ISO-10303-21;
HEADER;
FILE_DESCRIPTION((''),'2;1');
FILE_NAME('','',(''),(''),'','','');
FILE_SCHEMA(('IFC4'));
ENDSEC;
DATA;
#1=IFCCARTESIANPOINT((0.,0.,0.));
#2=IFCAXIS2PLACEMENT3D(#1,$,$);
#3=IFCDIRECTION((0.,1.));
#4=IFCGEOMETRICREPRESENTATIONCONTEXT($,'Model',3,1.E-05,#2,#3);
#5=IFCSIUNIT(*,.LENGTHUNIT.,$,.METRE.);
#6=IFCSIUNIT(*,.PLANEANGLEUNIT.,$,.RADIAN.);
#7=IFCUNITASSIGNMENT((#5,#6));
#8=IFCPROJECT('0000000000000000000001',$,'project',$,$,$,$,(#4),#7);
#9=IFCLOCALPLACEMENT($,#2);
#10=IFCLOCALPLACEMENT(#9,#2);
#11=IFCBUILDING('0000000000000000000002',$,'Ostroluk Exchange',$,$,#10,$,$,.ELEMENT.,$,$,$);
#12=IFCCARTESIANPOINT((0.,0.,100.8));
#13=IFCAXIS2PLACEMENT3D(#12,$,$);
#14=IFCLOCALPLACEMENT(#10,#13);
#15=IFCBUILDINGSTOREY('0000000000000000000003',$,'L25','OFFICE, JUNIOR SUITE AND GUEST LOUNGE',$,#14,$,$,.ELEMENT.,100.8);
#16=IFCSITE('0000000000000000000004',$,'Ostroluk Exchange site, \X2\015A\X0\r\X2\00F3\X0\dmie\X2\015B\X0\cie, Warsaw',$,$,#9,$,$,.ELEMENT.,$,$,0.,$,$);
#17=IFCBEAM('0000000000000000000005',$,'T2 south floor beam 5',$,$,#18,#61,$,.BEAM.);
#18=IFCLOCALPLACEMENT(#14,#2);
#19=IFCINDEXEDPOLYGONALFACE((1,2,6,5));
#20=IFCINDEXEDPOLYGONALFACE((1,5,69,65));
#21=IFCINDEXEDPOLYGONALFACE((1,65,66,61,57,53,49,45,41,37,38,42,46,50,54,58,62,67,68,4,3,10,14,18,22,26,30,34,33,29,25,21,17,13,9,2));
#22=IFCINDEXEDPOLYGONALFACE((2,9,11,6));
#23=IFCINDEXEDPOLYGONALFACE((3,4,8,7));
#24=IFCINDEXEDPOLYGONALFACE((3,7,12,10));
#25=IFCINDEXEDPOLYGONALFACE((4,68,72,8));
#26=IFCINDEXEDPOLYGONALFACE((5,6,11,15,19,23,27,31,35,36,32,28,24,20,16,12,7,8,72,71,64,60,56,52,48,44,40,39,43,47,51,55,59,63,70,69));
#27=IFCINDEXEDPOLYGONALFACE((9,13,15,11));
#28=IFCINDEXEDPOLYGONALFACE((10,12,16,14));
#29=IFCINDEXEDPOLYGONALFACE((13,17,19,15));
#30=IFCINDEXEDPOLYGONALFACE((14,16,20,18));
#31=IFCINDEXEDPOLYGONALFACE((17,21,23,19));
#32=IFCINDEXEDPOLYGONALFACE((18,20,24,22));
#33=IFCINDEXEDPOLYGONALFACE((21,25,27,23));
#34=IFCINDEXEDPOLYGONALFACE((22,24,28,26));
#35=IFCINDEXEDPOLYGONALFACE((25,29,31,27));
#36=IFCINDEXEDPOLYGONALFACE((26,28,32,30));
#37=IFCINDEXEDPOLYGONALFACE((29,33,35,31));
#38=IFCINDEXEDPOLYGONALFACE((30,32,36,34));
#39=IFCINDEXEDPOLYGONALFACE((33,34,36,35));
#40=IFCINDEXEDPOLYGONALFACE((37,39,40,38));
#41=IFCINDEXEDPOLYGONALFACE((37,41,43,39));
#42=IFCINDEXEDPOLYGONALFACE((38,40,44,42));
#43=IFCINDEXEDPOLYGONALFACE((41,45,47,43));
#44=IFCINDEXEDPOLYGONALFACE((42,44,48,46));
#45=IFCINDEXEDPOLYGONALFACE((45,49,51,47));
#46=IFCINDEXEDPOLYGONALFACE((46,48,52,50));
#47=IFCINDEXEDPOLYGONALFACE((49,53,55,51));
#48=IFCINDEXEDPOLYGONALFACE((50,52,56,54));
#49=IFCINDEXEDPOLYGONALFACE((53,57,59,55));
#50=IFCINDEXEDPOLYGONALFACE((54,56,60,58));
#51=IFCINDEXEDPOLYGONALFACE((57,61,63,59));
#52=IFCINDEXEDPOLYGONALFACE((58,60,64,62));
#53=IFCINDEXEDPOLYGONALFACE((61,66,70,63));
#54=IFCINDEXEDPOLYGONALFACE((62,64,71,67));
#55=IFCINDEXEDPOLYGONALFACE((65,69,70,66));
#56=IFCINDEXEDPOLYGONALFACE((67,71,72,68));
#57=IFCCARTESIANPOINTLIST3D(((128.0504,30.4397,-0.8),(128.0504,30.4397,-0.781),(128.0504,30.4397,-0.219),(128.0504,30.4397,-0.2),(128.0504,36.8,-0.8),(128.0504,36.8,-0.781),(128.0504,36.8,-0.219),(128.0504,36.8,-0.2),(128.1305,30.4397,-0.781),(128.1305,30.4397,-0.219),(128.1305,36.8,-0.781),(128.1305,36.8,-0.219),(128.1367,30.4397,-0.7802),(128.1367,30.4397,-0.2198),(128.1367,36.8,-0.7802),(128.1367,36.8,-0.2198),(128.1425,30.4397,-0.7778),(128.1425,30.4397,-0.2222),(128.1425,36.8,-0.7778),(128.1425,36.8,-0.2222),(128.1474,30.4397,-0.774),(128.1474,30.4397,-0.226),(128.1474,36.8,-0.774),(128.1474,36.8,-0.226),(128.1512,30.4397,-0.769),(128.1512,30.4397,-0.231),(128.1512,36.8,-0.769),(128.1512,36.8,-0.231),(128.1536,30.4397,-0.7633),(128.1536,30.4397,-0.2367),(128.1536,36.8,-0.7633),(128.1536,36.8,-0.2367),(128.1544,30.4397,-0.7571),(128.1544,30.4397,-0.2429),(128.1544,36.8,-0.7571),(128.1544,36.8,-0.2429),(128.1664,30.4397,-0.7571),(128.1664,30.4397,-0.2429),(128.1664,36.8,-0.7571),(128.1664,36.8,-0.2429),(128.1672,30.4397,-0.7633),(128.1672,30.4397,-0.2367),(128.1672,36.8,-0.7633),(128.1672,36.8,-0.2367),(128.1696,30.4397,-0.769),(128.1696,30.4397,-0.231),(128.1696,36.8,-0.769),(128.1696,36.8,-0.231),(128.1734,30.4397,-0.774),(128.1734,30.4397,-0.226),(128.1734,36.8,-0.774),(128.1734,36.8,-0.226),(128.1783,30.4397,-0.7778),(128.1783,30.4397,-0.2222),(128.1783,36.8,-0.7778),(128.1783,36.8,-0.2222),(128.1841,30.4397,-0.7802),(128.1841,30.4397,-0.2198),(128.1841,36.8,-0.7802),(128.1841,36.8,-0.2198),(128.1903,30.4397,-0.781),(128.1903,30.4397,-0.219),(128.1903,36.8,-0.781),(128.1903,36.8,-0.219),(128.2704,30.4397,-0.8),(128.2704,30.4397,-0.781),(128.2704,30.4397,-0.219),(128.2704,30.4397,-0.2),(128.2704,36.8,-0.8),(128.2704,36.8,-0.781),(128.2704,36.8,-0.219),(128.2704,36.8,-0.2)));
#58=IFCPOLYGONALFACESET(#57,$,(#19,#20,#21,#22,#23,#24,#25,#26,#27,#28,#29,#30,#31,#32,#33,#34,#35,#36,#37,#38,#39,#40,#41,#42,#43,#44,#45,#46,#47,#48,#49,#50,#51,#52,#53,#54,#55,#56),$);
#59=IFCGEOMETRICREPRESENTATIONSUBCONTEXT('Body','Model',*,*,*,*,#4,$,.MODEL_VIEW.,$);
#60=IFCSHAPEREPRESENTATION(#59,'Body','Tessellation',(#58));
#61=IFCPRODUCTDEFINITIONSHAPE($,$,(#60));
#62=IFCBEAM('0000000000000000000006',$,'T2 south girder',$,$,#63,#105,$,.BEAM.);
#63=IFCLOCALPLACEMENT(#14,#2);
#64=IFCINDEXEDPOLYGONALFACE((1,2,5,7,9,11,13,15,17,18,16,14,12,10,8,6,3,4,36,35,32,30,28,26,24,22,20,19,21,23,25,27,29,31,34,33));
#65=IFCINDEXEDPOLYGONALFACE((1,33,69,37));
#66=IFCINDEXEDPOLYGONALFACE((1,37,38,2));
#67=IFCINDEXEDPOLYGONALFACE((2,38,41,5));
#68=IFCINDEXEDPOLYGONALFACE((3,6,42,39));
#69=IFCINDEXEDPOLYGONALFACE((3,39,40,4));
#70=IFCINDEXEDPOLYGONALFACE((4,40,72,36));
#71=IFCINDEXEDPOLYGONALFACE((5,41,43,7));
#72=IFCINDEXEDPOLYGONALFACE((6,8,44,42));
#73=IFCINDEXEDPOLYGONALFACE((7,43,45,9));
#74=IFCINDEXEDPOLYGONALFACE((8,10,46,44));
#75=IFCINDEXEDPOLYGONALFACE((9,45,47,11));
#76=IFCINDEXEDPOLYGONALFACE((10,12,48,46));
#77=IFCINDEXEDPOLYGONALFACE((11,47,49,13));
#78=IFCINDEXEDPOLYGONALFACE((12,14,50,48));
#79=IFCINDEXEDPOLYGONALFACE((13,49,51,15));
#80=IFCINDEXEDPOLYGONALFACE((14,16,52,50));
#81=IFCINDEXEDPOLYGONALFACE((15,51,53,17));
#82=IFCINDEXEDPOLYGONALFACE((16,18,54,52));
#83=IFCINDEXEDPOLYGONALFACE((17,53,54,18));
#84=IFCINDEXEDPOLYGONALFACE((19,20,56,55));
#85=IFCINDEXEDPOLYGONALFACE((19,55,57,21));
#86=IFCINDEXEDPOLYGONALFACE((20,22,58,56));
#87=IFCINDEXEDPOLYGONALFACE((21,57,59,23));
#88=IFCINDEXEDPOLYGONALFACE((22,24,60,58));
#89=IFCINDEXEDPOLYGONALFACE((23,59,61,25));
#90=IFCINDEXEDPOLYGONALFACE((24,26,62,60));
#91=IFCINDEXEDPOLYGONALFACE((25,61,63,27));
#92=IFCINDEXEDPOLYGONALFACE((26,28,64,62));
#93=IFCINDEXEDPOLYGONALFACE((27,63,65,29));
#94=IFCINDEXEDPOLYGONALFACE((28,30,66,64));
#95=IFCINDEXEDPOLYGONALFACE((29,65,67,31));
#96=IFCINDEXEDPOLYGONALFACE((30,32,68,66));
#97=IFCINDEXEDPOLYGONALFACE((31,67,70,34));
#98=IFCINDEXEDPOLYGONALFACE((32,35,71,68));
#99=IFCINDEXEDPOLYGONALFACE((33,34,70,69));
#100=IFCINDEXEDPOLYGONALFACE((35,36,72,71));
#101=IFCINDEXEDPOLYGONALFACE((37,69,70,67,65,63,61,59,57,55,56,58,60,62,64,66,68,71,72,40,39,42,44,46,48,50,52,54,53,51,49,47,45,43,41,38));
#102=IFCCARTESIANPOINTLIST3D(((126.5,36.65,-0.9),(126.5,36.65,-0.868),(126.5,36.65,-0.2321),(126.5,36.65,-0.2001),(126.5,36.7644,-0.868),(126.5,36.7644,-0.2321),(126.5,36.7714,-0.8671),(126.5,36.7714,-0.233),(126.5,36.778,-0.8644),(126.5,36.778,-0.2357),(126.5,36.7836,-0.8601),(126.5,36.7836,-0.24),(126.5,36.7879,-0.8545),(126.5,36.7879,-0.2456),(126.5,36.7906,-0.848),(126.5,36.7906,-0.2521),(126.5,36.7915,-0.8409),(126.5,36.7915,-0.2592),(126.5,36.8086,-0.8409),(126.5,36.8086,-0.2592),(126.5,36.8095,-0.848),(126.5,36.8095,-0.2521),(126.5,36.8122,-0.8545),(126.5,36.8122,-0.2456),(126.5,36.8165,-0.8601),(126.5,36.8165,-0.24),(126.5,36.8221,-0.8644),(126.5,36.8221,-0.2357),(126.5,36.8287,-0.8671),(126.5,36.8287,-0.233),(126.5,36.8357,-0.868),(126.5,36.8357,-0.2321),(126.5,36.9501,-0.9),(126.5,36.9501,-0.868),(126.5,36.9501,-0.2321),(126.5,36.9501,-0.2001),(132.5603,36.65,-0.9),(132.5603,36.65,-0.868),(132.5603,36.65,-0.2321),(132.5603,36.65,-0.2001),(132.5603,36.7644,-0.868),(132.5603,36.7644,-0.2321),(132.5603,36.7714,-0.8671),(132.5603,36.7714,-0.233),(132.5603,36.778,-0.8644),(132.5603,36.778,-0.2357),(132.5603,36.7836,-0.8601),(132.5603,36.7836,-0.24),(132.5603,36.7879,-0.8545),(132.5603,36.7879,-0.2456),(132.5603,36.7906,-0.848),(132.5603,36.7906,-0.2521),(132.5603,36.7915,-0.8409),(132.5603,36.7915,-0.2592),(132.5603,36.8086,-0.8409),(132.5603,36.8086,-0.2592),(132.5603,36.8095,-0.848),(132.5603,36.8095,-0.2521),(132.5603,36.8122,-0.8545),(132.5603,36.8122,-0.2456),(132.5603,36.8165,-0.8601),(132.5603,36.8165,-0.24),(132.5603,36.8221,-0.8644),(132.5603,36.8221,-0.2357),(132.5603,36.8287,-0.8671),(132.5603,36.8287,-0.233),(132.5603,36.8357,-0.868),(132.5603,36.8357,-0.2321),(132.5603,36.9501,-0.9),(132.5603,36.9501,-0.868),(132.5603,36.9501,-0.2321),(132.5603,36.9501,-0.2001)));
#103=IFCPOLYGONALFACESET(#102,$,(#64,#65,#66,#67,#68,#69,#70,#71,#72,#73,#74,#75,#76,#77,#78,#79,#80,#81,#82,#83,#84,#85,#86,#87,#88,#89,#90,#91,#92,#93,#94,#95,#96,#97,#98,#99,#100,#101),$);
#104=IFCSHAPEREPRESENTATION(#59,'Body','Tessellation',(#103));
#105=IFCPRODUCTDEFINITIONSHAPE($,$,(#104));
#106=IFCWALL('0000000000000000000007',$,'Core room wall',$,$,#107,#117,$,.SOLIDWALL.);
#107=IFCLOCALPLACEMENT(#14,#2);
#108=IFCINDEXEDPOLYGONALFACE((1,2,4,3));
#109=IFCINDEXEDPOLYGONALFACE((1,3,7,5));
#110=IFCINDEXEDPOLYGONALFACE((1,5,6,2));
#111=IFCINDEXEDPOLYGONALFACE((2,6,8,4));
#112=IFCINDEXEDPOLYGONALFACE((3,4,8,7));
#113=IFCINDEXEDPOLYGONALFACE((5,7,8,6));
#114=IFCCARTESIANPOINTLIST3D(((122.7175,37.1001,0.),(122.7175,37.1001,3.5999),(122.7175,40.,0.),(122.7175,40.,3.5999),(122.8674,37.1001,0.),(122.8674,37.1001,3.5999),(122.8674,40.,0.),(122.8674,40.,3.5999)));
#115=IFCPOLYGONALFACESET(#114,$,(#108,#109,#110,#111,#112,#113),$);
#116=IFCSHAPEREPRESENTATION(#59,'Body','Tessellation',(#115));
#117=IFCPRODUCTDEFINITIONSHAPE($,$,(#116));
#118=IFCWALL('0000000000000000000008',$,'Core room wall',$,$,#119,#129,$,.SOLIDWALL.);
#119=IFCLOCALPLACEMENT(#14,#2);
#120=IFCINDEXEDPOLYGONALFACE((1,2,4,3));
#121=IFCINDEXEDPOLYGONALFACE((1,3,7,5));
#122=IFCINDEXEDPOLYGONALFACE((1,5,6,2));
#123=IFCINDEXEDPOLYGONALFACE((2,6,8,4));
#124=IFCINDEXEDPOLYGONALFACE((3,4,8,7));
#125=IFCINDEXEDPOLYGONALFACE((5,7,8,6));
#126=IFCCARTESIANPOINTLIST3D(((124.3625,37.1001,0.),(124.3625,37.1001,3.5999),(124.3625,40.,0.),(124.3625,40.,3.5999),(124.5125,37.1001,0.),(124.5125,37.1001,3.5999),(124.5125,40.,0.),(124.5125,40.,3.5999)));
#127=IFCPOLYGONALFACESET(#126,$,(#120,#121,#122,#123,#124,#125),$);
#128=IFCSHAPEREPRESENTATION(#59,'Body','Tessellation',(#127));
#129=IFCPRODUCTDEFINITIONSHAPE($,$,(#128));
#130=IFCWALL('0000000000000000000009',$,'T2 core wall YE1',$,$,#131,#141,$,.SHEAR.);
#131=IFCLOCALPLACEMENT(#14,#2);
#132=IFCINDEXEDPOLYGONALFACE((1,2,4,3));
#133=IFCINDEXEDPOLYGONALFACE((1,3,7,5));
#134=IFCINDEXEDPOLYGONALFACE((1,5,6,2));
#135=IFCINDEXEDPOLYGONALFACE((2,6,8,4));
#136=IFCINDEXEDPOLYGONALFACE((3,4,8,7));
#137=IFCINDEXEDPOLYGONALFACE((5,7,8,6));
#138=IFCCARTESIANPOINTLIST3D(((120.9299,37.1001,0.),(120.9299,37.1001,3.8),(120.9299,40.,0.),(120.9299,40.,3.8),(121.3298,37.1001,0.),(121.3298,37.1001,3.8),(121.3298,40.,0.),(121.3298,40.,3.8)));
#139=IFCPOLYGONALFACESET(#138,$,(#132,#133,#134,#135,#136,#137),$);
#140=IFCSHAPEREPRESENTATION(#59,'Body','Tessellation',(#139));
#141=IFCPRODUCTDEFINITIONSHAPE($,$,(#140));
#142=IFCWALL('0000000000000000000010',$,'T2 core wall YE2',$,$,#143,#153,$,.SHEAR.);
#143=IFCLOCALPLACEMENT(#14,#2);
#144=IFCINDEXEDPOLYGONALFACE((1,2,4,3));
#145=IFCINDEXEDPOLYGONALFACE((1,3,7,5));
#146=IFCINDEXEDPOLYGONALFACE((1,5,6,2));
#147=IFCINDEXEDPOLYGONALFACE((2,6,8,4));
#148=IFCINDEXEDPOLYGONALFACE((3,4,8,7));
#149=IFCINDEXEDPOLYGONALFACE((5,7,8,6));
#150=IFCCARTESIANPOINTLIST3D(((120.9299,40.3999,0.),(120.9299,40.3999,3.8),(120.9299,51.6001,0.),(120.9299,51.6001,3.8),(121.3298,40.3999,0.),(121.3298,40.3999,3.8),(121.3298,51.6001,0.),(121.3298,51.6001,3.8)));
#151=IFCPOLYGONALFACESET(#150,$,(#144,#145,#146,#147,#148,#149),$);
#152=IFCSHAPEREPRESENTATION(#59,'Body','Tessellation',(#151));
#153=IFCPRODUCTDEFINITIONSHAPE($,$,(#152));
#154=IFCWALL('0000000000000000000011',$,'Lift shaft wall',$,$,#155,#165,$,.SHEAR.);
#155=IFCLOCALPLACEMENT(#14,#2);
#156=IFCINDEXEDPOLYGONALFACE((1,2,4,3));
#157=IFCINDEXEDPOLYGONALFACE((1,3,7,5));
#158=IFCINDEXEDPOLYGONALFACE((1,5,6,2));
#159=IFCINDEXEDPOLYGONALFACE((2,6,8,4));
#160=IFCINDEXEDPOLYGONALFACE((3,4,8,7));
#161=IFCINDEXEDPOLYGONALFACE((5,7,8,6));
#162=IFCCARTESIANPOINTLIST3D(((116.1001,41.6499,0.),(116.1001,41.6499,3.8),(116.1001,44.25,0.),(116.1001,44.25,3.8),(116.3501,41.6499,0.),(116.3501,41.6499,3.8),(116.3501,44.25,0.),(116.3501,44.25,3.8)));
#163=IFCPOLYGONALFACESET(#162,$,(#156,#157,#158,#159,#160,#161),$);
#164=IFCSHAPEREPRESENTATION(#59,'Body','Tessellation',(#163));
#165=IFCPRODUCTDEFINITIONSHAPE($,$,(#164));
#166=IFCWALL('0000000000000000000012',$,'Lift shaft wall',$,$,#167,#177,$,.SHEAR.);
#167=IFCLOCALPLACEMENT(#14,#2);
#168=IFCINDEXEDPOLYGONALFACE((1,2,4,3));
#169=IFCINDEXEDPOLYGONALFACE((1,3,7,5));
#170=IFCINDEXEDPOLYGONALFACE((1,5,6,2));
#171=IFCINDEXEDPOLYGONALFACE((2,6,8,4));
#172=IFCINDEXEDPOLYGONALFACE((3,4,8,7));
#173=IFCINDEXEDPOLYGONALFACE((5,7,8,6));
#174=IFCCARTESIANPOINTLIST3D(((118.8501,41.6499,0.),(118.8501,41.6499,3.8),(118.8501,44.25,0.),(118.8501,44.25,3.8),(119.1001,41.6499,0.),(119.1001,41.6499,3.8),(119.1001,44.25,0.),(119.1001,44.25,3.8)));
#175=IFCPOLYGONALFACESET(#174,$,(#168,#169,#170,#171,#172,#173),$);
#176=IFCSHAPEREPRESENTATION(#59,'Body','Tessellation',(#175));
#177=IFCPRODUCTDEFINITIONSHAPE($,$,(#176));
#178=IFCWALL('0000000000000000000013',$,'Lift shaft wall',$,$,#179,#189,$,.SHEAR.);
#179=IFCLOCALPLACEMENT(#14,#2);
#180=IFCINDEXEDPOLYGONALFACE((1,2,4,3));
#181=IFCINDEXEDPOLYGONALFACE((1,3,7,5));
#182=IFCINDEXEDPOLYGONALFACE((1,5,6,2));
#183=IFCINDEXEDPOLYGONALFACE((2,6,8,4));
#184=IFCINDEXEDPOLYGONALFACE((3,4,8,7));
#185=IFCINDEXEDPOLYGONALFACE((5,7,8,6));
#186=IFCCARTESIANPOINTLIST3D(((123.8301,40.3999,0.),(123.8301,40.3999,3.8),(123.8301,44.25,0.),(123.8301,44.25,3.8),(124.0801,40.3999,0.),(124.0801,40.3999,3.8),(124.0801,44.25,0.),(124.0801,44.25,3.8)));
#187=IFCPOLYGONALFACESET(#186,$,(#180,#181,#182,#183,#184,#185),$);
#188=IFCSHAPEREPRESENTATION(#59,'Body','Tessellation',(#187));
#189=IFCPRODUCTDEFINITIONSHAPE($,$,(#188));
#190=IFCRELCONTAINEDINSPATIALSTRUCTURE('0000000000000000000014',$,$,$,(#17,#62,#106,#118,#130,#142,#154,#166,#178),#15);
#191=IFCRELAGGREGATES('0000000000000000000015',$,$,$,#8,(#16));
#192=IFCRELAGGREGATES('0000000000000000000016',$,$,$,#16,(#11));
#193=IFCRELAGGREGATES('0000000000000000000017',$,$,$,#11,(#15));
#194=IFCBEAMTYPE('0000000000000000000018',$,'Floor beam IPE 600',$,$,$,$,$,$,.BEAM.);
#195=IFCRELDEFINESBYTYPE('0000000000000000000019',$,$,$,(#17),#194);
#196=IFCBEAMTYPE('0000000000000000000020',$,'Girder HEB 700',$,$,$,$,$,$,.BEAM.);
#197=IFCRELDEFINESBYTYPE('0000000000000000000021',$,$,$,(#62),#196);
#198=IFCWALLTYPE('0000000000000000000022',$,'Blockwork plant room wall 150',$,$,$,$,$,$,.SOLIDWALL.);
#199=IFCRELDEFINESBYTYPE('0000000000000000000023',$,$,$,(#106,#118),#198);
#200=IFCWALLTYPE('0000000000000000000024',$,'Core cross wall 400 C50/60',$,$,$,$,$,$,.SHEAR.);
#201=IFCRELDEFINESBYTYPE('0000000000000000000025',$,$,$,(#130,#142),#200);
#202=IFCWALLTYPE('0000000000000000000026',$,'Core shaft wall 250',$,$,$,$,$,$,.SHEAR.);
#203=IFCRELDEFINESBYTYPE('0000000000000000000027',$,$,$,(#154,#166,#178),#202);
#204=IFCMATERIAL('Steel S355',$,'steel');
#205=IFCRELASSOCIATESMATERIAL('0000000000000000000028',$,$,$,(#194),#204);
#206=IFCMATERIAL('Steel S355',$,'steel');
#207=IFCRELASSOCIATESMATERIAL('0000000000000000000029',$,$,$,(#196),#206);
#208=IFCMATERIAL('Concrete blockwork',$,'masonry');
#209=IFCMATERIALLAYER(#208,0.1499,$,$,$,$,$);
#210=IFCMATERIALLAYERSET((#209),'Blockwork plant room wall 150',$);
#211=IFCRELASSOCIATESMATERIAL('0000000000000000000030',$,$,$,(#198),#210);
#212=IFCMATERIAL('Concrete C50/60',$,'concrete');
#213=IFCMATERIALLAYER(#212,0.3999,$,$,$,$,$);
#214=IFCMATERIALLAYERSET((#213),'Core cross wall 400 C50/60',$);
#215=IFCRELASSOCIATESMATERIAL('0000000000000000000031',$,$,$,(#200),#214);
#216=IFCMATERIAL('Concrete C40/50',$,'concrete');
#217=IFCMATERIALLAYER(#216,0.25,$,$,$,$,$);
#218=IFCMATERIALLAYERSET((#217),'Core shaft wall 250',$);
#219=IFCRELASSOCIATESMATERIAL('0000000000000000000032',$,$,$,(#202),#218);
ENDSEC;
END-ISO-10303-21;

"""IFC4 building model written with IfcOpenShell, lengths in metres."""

from ifc_helpers import new_model, si_unit, direction, frame, frame_2d, origin, origin_2d, place, context, subcontext, project, spatial, rectangle, i_section, extrude, material, layer, layer_set, material_profile, profile_set, type_object, element, save


model = new_model("IFC4")

# Units and contexts
model_context = context("Model", 3, precision=1e-05, world=origin(), true_north=direction((0.0, 1.0)))
body_context = subcontext(model_context, "Body", "Model", "MODEL_VIEW")
ifc_project = project(units=[si_unit("LENGTHUNIT", "METRE"), si_unit("PLANEANGLEUNIT", "RADIAN")], contexts=[model_context])

# Site, building, storey
site_placement = place(None, origin())
site = spatial("IfcSite", under=ifc_project, at=site_placement, Name="Ostroluk Exchange site, Śródmieście, Warsaw", CompositionType="ELEMENT", RefElevation=0.0)
building_placement = place(site_placement, origin())
building = spatial("IfcBuilding", under=site, at=building_placement, Name="Ostroluk Exchange", CompositionType="ELEMENT")
storey_placement = place(building_placement, frame((0.0, 0.0, 100.8)))
storey = spatial("IfcBuildingStorey", under=building, at=storey_placement, Name="L25", Description="OFFICE, JUNIOR SUITE AND GUEST LOUNGE", CompositionType="ELEMENT", Elevation=100.8)

# Beams
ifc_material_1 = material(Name="Steel S355", Category="steel")
ifc_material_profile_1 = material_profile(ifc_material_1, i_section(OverallWidth=0.22, OverallDepth=0.6001, WebThickness=0.012, FlangeThickness=0.019, FilletRadius=0.0239, at=origin_2d()), Name="IPE 600")
ifc_profile_set_1 = profile_set([ifc_material_profile_1], Name="Steel S355")
beam_type_1 = type_object("IfcBeamType", Name="Floor beam IPE 600", PredefinedType="BEAM", material=ifc_profile_set_1)
beam_1_placement = place(storey_placement, frame((128.1604, 36.8, -0.5), z_axis=(0.0, -1.0, 0.0), x_axis=(1.0, 0.0, 0.0)))
element("IfcBeam", 1, at=beam_1_placement, inside=storey, type_object=beam_type_1, Name="T2 south floor beam 5", PredefinedType="BEAM", context=body_context, shape_type="SweptSolid", body=[
    extrude(i_section(OverallWidth=0.22, OverallDepth=0.6001, WebThickness=0.012, FlangeThickness=0.019, FilletRadius=0.0239, at=origin_2d()), origin(), (0.0, 0.0, 1.0), 6.3604),
])
ifc_material_2 = material(Name="Steel S355", Category="steel")
ifc_material_profile_2 = material_profile(ifc_material_2, i_section(OverallWidth=0.3, OverallDepth=0.7, WebThickness=0.0171, FlangeThickness=0.032, FilletRadius=0.0271, at=origin_2d()), Name="HEB 700")
ifc_profile_set_2 = profile_set([ifc_material_profile_2], Name="Steel S355")
beam_type_2 = type_object("IfcBeamType", Name="Girder HEB 700", PredefinedType="BEAM", material=ifc_profile_set_2)
beam_2_placement = place(storey_placement, frame((126.5, 36.8, -0.55), z_axis=(1.0, 0.0, 0.0), x_axis=(0.0, 1.0, 0.0)))
element("IfcBeam", 2, at=beam_2_placement, inside=storey, type_object=beam_type_2, Name="T2 south girder", PredefinedType="BEAM", context=body_context, shape_type="SweptSolid", body=[
    extrude(i_section(OverallWidth=0.3, OverallDepth=0.7, WebThickness=0.0171, FlangeThickness=0.032, FilletRadius=0.0271, at=origin_2d()), origin(), (0.0, 0.0, 1.0), 6.0603),
])

# Walls
ifc_material_3 = material(Name="Concrete blockwork", Category="masonry")
ifc_layer_1 = layer(ifc_material_3, 0.1499)
ifc_layer_set_1 = layer_set([ifc_layer_1], Name="Blockwork plant room wall 150")
wall_type_1 = type_object("IfcWallType", Name="Blockwork plant room wall 150", PredefinedType="SOLIDWALL", material=ifc_layer_set_1)
for number, where, z_axis, x_axis, name in (
    (3, (122.7925, 37.1001, 0.0), (0.0, 0.0, 1.0), (0.0, 1.0, 0.0), "Core room wall"),
    (4, (124.4375, 37.1001, 0.0), (0.0, 0.0, 1.0), (0.0, 1.0, 0.0), "Core room wall"),
):
    element("IfcWall", number, at=place(storey_placement, frame(where, z_axis=z_axis, x_axis=x_axis)), inside=storey, type_object=wall_type_1, Name=name, PredefinedType="SOLIDWALL", context=body_context, shape_type="SweptSolid", body=[
        extrude(rectangle(XDim=2.8999, YDim=0.1499, at=frame_2d((1.45, 0.0))), origin(), (0.0, 0.0, 1.0), 3.5999),
    ])
ifc_material_4 = material(Name="Concrete C50/60", Category="concrete")
ifc_layer_2 = layer(ifc_material_4, 0.3999)
ifc_layer_set_2 = layer_set([ifc_layer_2], Name="Core cross wall 400 C50/60")
wall_type_2 = type_object("IfcWallType", Name="Core cross wall 400 C50/60", PredefinedType="SHEAR", material=ifc_layer_set_2)
wall_1_placement = place(storey_placement, frame((121.1299, 37.1001, 0.0), z_axis=(0.0, 0.0, 1.0), x_axis=(0.0, 1.0, 0.0)))
element("IfcWall", 5, at=wall_1_placement, inside=storey, type_object=wall_type_2, Name="T2 core wall YE1", PredefinedType="SHEAR", context=body_context, shape_type="SweptSolid", body=[
    extrude(rectangle(XDim=2.8999, YDim=0.3999, at=frame_2d((1.45, 0.0))), origin(), (0.0, 0.0, 1.0), 3.8),
])
wall_2_placement = place(storey_placement, frame((121.1299, 40.3999, 0.0), z_axis=(0.0, 0.0, 1.0), x_axis=(0.0, 1.0, 0.0)))
element("IfcWall", 6, at=wall_2_placement, inside=storey, type_object=wall_type_2, Name="T2 core wall YE2", PredefinedType="SHEAR", context=body_context, shape_type="SweptSolid", body=[
    extrude(rectangle(XDim=11.2002, YDim=0.3999, at=frame_2d((5.6001, 0.0))), origin(), (0.0, 0.0, 1.0), 3.8),
])
ifc_material_5 = material(Name="Concrete C40/50", Category="concrete")
ifc_layer_3 = layer(ifc_material_5, 0.25)
ifc_layer_set_3 = layer_set([ifc_layer_3], Name="Core shaft wall 250")
wall_type_3 = type_object("IfcWallType", Name="Core shaft wall 250", PredefinedType="SHEAR", material=ifc_layer_set_3)
for number, where, z_axis, x_axis, name in (
    (7, (116.2251, 44.25, 0.0), (0.0, 0.0, 1.0), (0.0, -1.0, 0.0), "Lift shaft wall"),
    (8, (118.9751, 44.25, 0.0), (0.0, 0.0, 1.0), (0.0, -1.0, 0.0), "Lift shaft wall"),
):
    element("IfcWall", number, at=place(storey_placement, frame(where, z_axis=z_axis, x_axis=x_axis)), inside=storey, type_object=wall_type_3, Name=name, PredefinedType="SHEAR", context=body_context, shape_type="SweptSolid", body=[
        extrude(rectangle(XDim=2.6001, YDim=0.25, at=frame_2d((1.3, 0.0))), origin(), (0.0, 0.0, 1.0), 3.8),
    ])
wall_3_placement = place(storey_placement, frame((123.9551, 44.25, 0.0), z_axis=(0.0, 0.0, 1.0), x_axis=(0.0, -1.0, 0.0)))
element("IfcWall", 9, at=wall_3_placement, inside=storey, type_object=wall_type_3, Name="Lift shaft wall", PredefinedType="SHEAR", context=body_context, shape_type="SweptSolid", body=[
    extrude(rectangle(XDim=3.8501, YDim=0.25, at=frame_2d((1.925, 0.0))), origin(), (0.0, 0.0, 1.0), 3.8),
])

save(model, "model.ifc")
